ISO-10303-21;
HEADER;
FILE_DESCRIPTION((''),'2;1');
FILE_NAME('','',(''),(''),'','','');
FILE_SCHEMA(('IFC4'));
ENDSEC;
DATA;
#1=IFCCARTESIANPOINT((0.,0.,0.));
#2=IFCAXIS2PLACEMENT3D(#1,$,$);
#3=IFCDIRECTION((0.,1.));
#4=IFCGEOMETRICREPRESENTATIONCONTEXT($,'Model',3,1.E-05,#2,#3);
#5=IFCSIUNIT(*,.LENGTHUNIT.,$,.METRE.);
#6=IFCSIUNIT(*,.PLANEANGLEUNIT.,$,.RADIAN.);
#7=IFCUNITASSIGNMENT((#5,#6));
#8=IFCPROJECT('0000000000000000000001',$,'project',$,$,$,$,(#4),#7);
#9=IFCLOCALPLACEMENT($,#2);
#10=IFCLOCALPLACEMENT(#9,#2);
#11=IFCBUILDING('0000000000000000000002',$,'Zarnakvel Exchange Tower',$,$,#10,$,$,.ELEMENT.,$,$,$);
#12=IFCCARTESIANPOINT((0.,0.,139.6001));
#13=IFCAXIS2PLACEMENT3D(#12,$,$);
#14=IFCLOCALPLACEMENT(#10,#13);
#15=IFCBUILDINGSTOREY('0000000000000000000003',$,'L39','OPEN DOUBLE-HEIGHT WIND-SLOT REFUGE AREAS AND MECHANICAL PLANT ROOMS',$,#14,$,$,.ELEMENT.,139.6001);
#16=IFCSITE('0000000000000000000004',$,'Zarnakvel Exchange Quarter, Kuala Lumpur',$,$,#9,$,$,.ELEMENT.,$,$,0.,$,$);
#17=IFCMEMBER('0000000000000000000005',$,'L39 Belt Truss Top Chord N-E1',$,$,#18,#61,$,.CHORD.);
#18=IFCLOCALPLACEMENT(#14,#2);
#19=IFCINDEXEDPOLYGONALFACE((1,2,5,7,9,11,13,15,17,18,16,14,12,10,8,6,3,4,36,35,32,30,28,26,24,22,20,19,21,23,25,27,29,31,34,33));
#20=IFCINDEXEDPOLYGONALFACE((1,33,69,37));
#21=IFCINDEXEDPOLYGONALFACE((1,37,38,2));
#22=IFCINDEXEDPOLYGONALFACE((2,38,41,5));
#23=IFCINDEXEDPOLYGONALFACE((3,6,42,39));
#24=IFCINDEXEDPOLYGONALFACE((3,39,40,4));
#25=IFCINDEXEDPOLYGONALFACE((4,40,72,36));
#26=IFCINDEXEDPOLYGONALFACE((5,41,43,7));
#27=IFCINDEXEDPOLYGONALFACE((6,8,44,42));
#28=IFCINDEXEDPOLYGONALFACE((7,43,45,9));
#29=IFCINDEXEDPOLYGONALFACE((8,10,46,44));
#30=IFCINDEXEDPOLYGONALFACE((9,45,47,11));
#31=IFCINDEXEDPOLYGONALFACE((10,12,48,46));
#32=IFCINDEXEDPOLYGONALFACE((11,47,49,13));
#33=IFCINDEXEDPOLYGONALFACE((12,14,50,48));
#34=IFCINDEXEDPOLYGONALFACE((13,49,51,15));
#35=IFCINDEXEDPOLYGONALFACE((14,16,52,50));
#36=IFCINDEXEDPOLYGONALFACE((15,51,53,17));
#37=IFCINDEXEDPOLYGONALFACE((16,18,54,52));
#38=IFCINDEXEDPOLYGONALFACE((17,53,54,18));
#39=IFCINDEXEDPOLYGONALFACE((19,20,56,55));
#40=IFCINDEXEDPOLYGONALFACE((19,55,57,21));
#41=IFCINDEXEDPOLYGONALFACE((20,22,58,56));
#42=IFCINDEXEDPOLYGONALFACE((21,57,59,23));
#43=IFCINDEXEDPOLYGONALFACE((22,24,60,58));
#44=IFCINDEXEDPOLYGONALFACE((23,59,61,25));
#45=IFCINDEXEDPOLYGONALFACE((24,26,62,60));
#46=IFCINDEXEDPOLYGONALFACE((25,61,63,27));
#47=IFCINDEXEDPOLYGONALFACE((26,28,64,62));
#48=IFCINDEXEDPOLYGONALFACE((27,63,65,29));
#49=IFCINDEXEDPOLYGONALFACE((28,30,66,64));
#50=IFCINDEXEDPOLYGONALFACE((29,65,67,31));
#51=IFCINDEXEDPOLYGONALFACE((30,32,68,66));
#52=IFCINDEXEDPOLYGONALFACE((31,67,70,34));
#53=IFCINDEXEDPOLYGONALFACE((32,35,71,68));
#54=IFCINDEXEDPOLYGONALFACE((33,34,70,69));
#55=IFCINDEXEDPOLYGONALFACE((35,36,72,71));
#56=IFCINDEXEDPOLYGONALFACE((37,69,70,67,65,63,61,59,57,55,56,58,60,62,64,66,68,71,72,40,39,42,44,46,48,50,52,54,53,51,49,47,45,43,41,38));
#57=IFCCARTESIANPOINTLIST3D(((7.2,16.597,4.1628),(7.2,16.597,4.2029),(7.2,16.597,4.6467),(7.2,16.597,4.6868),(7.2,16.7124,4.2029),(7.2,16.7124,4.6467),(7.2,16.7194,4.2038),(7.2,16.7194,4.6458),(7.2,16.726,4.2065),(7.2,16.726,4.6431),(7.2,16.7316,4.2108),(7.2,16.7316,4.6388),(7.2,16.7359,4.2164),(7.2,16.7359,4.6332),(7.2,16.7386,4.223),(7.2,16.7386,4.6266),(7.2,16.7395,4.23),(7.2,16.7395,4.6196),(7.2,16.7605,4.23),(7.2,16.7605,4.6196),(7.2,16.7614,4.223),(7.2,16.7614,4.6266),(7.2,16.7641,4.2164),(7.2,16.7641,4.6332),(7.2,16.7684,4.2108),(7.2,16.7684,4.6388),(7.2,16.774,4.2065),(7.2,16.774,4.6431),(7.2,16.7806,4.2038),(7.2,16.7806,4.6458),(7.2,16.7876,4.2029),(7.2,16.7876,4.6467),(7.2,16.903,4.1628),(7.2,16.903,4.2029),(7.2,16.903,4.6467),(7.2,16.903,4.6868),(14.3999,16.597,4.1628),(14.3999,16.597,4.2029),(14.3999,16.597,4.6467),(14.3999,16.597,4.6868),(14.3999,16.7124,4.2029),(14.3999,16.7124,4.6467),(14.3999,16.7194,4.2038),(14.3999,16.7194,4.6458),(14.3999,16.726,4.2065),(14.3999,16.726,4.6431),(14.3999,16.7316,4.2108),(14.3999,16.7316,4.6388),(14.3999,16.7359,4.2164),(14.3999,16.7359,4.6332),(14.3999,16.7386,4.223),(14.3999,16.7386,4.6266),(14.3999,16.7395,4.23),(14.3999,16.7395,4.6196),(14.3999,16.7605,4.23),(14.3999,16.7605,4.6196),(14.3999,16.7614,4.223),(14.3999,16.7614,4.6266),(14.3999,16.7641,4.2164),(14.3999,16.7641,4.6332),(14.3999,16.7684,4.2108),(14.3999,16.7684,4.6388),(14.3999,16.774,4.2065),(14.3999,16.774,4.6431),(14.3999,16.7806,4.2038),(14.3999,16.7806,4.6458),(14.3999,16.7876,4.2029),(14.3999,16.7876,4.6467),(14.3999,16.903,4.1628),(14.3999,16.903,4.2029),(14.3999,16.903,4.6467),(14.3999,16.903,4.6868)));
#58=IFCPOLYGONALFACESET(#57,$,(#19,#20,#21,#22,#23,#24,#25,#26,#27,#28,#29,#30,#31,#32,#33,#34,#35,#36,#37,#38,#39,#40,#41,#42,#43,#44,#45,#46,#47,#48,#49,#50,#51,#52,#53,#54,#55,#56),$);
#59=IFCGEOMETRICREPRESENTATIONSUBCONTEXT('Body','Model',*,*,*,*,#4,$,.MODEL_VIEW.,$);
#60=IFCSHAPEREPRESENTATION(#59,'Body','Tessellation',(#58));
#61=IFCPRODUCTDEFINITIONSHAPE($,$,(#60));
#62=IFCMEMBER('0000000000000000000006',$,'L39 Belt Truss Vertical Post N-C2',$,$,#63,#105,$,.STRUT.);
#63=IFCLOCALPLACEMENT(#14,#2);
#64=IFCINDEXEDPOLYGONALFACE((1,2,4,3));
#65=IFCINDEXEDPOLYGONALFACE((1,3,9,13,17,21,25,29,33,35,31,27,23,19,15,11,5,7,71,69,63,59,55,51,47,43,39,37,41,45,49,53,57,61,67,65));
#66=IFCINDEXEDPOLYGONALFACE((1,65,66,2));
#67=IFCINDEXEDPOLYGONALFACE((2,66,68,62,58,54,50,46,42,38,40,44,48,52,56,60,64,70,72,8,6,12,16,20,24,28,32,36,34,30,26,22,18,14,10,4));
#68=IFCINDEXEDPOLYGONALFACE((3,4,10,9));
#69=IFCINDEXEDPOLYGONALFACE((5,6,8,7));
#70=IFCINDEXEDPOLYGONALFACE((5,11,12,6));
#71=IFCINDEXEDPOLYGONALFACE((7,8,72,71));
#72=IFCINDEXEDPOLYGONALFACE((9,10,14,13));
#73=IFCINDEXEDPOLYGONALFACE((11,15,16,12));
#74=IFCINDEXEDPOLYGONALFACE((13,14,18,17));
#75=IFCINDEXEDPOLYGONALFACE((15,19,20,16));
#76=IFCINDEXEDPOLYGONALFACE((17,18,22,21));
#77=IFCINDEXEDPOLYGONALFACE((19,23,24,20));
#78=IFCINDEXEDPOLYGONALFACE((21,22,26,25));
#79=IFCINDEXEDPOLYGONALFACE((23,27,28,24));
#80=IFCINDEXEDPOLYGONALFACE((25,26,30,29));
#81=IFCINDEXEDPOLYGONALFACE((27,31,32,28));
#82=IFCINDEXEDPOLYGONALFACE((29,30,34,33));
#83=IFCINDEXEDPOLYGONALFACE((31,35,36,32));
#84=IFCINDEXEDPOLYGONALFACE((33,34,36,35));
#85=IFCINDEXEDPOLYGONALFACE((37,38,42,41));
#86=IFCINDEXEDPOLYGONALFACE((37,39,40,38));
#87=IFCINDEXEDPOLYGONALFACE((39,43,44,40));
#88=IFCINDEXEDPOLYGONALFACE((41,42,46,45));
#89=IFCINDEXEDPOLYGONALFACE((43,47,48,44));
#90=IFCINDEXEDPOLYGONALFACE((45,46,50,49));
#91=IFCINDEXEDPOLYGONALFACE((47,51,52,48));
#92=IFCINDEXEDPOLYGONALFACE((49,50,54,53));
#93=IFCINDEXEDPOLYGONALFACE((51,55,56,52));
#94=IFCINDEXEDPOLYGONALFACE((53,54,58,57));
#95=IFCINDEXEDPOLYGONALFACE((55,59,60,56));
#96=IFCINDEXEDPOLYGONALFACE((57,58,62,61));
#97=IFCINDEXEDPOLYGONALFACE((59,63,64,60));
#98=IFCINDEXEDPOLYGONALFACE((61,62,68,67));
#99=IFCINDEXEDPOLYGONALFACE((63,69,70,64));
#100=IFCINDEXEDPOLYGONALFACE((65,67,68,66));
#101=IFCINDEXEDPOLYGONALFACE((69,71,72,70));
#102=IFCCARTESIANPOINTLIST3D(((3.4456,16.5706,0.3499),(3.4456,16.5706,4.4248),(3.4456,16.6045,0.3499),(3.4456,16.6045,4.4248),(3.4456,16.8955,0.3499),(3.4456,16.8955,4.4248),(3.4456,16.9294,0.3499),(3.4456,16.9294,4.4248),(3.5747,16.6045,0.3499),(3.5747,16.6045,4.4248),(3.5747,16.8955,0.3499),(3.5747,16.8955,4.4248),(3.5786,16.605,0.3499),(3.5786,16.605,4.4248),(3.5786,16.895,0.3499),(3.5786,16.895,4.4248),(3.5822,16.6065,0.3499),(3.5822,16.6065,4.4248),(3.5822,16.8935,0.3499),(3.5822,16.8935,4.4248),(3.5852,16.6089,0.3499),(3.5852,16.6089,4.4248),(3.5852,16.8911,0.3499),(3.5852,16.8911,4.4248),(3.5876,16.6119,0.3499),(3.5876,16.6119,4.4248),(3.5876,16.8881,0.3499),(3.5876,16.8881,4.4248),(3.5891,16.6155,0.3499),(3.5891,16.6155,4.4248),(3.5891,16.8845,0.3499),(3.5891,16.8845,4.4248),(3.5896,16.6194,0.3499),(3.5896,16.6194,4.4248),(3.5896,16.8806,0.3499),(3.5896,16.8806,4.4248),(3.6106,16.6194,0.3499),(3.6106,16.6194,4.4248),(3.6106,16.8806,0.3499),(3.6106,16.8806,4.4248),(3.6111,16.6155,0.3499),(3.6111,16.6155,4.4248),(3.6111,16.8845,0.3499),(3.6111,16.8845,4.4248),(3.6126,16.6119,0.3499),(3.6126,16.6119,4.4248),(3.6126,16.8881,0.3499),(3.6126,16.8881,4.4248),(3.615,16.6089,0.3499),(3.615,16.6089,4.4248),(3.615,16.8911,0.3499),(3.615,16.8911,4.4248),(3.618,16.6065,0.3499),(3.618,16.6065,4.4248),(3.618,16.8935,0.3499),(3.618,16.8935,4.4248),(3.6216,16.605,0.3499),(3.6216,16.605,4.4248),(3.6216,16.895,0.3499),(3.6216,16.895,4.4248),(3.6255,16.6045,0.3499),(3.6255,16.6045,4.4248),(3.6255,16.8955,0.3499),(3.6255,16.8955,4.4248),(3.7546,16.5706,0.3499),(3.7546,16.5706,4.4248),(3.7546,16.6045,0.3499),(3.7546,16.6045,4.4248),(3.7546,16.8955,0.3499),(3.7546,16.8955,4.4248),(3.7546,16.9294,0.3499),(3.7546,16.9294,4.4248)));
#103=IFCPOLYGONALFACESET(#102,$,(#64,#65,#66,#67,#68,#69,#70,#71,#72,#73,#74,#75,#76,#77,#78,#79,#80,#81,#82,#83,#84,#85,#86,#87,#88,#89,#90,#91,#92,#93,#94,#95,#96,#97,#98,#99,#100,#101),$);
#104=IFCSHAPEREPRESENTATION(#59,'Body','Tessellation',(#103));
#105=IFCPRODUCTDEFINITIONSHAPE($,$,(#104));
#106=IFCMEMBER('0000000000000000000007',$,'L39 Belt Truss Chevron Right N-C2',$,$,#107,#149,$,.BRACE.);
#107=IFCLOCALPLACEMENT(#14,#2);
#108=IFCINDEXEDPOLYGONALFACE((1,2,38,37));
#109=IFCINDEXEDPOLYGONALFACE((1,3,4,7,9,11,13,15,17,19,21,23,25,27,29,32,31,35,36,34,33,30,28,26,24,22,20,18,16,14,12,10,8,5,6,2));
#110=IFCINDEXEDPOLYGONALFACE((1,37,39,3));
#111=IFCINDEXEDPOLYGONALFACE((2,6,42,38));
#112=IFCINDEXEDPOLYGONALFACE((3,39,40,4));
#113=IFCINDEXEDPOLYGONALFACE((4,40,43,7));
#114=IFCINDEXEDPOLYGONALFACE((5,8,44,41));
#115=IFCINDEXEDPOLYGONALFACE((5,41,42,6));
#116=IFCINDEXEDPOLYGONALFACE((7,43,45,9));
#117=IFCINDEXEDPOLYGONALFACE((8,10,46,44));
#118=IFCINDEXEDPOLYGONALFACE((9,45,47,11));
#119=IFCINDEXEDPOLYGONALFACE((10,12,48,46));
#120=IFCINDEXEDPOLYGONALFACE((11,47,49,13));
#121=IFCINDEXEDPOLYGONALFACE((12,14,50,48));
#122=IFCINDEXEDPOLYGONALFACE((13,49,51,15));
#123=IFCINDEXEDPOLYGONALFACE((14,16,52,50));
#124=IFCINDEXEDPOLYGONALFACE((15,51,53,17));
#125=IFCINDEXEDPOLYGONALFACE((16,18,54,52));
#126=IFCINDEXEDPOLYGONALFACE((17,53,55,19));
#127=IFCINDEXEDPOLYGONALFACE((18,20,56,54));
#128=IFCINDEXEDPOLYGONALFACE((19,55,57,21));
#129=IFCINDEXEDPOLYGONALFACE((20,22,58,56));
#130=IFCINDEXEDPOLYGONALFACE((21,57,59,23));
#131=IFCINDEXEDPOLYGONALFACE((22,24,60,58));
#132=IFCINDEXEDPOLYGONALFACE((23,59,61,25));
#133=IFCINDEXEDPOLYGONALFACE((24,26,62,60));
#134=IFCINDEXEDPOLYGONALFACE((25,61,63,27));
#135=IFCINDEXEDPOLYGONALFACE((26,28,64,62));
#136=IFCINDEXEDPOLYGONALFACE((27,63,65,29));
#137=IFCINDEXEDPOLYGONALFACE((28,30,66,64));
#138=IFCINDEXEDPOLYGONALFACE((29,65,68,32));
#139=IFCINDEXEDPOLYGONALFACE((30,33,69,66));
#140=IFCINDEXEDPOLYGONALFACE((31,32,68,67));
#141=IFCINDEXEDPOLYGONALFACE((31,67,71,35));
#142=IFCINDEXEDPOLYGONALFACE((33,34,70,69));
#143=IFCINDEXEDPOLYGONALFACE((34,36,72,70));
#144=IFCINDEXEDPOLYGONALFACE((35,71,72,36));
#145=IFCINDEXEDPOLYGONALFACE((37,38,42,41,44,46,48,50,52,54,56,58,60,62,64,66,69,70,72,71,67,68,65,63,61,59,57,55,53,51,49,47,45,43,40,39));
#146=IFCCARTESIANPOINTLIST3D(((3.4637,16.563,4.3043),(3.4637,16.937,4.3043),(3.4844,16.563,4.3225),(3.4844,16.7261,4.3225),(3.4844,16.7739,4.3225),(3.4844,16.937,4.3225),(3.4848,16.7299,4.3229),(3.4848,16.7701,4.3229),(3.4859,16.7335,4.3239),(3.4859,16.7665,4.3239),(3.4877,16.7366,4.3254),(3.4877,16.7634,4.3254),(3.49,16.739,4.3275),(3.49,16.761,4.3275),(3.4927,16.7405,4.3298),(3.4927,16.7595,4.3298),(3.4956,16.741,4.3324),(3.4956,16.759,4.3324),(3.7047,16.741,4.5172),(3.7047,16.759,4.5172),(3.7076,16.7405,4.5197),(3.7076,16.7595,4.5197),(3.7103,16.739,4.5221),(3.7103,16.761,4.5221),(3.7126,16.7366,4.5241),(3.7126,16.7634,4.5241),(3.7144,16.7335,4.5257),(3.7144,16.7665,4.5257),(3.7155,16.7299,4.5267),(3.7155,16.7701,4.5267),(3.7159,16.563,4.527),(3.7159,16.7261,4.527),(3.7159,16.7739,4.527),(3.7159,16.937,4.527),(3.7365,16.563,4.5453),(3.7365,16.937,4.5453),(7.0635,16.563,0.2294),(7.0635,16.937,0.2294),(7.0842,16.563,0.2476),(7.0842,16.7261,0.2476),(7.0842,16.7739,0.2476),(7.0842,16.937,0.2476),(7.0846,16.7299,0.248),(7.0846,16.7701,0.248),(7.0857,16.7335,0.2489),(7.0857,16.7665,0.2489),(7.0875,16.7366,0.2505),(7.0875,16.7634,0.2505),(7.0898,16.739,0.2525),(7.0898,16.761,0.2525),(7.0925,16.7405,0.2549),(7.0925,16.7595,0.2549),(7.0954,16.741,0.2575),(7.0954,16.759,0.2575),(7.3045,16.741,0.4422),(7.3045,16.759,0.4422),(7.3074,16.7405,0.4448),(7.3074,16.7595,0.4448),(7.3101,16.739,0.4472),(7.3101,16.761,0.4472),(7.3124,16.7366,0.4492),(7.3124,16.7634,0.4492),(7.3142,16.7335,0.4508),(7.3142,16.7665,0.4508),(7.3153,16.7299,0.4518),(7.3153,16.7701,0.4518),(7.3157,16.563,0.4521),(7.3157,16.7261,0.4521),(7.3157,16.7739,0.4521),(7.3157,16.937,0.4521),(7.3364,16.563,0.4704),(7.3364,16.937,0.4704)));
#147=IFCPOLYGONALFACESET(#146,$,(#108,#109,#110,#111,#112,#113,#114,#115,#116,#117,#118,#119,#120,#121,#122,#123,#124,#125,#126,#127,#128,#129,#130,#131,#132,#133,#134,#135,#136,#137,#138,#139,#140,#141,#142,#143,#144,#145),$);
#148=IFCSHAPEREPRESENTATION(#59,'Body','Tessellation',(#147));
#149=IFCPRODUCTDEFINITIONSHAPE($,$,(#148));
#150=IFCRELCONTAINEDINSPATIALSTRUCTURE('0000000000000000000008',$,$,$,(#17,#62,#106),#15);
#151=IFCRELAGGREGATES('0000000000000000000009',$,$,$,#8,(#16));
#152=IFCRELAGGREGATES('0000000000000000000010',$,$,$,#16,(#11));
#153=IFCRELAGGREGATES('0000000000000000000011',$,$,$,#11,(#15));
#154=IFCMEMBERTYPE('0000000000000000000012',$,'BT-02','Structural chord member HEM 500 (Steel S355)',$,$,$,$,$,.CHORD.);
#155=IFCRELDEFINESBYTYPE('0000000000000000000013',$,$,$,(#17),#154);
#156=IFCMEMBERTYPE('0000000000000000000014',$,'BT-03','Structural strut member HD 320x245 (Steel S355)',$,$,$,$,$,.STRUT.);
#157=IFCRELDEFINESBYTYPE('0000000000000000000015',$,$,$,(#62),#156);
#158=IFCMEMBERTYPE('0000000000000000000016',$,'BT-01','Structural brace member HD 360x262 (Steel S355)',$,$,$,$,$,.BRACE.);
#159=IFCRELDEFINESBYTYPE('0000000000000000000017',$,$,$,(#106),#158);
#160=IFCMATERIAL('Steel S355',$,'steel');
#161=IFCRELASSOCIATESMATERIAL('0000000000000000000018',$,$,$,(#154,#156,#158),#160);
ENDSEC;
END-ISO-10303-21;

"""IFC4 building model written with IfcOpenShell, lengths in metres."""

from ifc_helpers import new_model, si_unit, direction, frame, origin, origin_2d, place, context, subcontext, project, spatial, i_section, extrude, source, transform, mapped, material, material_profile, profile_set, type_object, element, save


model = new_model("IFC4")

# Units and contexts
model_context = context("Model", 3, precision=1e-05, world=origin(), true_north=direction((0.0, 1.0)))
body_context = subcontext(model_context, "Body", "Model", "MODEL_VIEW")
ifc_project = project(units=[si_unit("LENGTHUNIT", "METRE"), si_unit("PLANEANGLEUNIT", "RADIAN")], contexts=[model_context])

# Site, building, storey
site_placement = place(None, origin())
site = spatial("IfcSite", under=ifc_project, at=site_placement, Name="Zarnakvel Exchange Quarter, Kuala Lumpur", CompositionType="ELEMENT", RefElevation=0.0)
building_placement = place(site_placement, origin())
building = spatial("IfcBuilding", under=site, at=building_placement, Name="Zarnakvel Exchange Tower", CompositionType="ELEMENT")
storey_placement = place(building_placement, frame((0.0, 0.0, 139.6001)))
storey = spatial("IfcBuildingStorey", under=building, at=storey_placement, Name="L39", Description="OPEN DOUBLE-HEIGHT WIND-SLOT REFUGE AREAS AND MECHANICAL PLANT ROOMS", CompositionType="ELEMENT", Elevation=139.6001)

# Shared definitions
ifc_material_1 = material(Name="Steel S355", Category="steel")

# Members
ifc_material_profile_1 = material_profile(ifc_material_1, i_section(OverallWidth=0.3059, OverallDepth=0.5239, WebThickness=0.021, FlangeThickness=0.04, FilletRadius=0.0271, at=origin_2d()))
ifc_profile_set_1 = profile_set([ifc_material_profile_1], Name="Steel S355")
member_type_1 = type_object("IfcMemberType", Name="BT-02", Description="Structural chord member HEM 500 (Steel S355)", PredefinedType="CHORD", material=ifc_profile_set_1)
shared_shape_1 = source(origin(), body_context, "Body", "SweptSolid", [
    extrude(i_section(OverallWidth=0.3059, OverallDepth=0.5239, WebThickness=0.021, FlangeThickness=0.04, FilletRadius=0.0271, at=origin_2d()), origin(), (0.0, 0.0, 1.0), 7.2),
])
for number, where, z_axis, x_axis, name in (
    (1, (7.2, 16.75, 4.4248), (1.0, 0.0, 0.0), (0.0, 1.0, 0.0), "L39 Belt Truss Top Chord N-E1"),
):
    element("IfcMember", number, at=place(storey_placement, frame(where, z_axis=z_axis, x_axis=x_axis)), inside=storey, type_object=member_type_1, Name=name, PredefinedType="CHORD", context=body_context, shape_type="MappedRepresentation", body=[
        mapped(shared_shape_1, transform((0.0, 0.0, 0.0), x_axis=(1.0, 0.0, 0.0), y_axis=(0.0, 1.0, 0.0), z_axis=(0.0, 0.0, 1.0), scale=1.0)),
    ])
ifc_material_profile_2 = material_profile(ifc_material_1, i_section(OverallWidth=0.3091, OverallDepth=0.3589, WebThickness=0.021, FlangeThickness=0.0339, FilletRadius=0.0149, at=origin_2d()))
ifc_profile_set_2 = profile_set([ifc_material_profile_2], Name="Steel S355")
member_type_2 = type_object("IfcMemberType", Name="BT-03", Description="Structural strut member HD 320x245 (Steel S355)", PredefinedType="STRUT", material=ifc_profile_set_2)
shared_shape_2 = source(origin(), body_context, "Body", "SweptSolid", [
    extrude(i_section(OverallWidth=0.3091, OverallDepth=0.3589, WebThickness=0.021, FlangeThickness=0.0339, FilletRadius=0.0149, at=origin_2d()), origin(), (0.0, 0.0, 1.0), 4.075),
])
member_1_placement = place(storey_placement, frame((3.6001, 16.75, 0.3499), z_axis=(0.0, 0.0, 1.0), x_axis=(1.0, 0.0, 0.0)))
element("IfcMember", 2, at=member_1_placement, inside=storey, type_object=member_type_2, Name="L39 Belt Truss Vertical Post N-C2", PredefinedType="STRUT", context=body_context, shape_type="MappedRepresentation", body=[
    mapped(shared_shape_2, transform((0.0, 0.0, 0.0), x_axis=(1.0, 0.0, 0.0), y_axis=(0.0, 1.0, 0.0), z_axis=(0.0, 0.0, 1.0), scale=1.0)),
])
ifc_material_profile_3 = material_profile(ifc_material_1, i_section(OverallWidth=0.374, OverallDepth=0.364, WebThickness=0.0181, FlangeThickness=0.0276, FilletRadius=0.0149, at=origin_2d()))
ifc_profile_set_3 = profile_set([ifc_material_profile_3], Name="Steel S355")
member_type_3 = type_object("IfcMemberType", Name="BT-01", Description="Structural brace member HD 360x262 (Steel S355)", PredefinedType="BRACE", material=ifc_profile_set_3)
shared_shape_3 = source(origin(), body_context, "Body", "SweptSolid", [
    extrude(i_section(OverallWidth=0.374, OverallDepth=0.364, WebThickness=0.0181, FlangeThickness=0.0276, FilletRadius=0.0149, at=origin_2d()), origin(), (0.0, 0.0, 1.0), 5.4373),
])
member_2_placement = place(storey_placement, frame((7.2, 16.75, 0.3499), z_axis=(-0.662067, 0.0, 0.749445), x_axis=(0.0, -1.0, 0.0)))
element("IfcMember", 3, at=member_2_placement, inside=storey, type_object=member_type_3, Name="L39 Belt Truss Chevron Right N-C2", PredefinedType="BRACE", context=body_context, shape_type="MappedRepresentation", body=[
    mapped(shared_shape_3, transform((0.0, 0.0, 0.0), x_axis=(1.0, 0.0, 0.0), y_axis=(0.0, 1.0, 0.0), z_axis=(0.0, 0.0, 1.0), scale=1.0)),
])

save(model, "model.ifc")
